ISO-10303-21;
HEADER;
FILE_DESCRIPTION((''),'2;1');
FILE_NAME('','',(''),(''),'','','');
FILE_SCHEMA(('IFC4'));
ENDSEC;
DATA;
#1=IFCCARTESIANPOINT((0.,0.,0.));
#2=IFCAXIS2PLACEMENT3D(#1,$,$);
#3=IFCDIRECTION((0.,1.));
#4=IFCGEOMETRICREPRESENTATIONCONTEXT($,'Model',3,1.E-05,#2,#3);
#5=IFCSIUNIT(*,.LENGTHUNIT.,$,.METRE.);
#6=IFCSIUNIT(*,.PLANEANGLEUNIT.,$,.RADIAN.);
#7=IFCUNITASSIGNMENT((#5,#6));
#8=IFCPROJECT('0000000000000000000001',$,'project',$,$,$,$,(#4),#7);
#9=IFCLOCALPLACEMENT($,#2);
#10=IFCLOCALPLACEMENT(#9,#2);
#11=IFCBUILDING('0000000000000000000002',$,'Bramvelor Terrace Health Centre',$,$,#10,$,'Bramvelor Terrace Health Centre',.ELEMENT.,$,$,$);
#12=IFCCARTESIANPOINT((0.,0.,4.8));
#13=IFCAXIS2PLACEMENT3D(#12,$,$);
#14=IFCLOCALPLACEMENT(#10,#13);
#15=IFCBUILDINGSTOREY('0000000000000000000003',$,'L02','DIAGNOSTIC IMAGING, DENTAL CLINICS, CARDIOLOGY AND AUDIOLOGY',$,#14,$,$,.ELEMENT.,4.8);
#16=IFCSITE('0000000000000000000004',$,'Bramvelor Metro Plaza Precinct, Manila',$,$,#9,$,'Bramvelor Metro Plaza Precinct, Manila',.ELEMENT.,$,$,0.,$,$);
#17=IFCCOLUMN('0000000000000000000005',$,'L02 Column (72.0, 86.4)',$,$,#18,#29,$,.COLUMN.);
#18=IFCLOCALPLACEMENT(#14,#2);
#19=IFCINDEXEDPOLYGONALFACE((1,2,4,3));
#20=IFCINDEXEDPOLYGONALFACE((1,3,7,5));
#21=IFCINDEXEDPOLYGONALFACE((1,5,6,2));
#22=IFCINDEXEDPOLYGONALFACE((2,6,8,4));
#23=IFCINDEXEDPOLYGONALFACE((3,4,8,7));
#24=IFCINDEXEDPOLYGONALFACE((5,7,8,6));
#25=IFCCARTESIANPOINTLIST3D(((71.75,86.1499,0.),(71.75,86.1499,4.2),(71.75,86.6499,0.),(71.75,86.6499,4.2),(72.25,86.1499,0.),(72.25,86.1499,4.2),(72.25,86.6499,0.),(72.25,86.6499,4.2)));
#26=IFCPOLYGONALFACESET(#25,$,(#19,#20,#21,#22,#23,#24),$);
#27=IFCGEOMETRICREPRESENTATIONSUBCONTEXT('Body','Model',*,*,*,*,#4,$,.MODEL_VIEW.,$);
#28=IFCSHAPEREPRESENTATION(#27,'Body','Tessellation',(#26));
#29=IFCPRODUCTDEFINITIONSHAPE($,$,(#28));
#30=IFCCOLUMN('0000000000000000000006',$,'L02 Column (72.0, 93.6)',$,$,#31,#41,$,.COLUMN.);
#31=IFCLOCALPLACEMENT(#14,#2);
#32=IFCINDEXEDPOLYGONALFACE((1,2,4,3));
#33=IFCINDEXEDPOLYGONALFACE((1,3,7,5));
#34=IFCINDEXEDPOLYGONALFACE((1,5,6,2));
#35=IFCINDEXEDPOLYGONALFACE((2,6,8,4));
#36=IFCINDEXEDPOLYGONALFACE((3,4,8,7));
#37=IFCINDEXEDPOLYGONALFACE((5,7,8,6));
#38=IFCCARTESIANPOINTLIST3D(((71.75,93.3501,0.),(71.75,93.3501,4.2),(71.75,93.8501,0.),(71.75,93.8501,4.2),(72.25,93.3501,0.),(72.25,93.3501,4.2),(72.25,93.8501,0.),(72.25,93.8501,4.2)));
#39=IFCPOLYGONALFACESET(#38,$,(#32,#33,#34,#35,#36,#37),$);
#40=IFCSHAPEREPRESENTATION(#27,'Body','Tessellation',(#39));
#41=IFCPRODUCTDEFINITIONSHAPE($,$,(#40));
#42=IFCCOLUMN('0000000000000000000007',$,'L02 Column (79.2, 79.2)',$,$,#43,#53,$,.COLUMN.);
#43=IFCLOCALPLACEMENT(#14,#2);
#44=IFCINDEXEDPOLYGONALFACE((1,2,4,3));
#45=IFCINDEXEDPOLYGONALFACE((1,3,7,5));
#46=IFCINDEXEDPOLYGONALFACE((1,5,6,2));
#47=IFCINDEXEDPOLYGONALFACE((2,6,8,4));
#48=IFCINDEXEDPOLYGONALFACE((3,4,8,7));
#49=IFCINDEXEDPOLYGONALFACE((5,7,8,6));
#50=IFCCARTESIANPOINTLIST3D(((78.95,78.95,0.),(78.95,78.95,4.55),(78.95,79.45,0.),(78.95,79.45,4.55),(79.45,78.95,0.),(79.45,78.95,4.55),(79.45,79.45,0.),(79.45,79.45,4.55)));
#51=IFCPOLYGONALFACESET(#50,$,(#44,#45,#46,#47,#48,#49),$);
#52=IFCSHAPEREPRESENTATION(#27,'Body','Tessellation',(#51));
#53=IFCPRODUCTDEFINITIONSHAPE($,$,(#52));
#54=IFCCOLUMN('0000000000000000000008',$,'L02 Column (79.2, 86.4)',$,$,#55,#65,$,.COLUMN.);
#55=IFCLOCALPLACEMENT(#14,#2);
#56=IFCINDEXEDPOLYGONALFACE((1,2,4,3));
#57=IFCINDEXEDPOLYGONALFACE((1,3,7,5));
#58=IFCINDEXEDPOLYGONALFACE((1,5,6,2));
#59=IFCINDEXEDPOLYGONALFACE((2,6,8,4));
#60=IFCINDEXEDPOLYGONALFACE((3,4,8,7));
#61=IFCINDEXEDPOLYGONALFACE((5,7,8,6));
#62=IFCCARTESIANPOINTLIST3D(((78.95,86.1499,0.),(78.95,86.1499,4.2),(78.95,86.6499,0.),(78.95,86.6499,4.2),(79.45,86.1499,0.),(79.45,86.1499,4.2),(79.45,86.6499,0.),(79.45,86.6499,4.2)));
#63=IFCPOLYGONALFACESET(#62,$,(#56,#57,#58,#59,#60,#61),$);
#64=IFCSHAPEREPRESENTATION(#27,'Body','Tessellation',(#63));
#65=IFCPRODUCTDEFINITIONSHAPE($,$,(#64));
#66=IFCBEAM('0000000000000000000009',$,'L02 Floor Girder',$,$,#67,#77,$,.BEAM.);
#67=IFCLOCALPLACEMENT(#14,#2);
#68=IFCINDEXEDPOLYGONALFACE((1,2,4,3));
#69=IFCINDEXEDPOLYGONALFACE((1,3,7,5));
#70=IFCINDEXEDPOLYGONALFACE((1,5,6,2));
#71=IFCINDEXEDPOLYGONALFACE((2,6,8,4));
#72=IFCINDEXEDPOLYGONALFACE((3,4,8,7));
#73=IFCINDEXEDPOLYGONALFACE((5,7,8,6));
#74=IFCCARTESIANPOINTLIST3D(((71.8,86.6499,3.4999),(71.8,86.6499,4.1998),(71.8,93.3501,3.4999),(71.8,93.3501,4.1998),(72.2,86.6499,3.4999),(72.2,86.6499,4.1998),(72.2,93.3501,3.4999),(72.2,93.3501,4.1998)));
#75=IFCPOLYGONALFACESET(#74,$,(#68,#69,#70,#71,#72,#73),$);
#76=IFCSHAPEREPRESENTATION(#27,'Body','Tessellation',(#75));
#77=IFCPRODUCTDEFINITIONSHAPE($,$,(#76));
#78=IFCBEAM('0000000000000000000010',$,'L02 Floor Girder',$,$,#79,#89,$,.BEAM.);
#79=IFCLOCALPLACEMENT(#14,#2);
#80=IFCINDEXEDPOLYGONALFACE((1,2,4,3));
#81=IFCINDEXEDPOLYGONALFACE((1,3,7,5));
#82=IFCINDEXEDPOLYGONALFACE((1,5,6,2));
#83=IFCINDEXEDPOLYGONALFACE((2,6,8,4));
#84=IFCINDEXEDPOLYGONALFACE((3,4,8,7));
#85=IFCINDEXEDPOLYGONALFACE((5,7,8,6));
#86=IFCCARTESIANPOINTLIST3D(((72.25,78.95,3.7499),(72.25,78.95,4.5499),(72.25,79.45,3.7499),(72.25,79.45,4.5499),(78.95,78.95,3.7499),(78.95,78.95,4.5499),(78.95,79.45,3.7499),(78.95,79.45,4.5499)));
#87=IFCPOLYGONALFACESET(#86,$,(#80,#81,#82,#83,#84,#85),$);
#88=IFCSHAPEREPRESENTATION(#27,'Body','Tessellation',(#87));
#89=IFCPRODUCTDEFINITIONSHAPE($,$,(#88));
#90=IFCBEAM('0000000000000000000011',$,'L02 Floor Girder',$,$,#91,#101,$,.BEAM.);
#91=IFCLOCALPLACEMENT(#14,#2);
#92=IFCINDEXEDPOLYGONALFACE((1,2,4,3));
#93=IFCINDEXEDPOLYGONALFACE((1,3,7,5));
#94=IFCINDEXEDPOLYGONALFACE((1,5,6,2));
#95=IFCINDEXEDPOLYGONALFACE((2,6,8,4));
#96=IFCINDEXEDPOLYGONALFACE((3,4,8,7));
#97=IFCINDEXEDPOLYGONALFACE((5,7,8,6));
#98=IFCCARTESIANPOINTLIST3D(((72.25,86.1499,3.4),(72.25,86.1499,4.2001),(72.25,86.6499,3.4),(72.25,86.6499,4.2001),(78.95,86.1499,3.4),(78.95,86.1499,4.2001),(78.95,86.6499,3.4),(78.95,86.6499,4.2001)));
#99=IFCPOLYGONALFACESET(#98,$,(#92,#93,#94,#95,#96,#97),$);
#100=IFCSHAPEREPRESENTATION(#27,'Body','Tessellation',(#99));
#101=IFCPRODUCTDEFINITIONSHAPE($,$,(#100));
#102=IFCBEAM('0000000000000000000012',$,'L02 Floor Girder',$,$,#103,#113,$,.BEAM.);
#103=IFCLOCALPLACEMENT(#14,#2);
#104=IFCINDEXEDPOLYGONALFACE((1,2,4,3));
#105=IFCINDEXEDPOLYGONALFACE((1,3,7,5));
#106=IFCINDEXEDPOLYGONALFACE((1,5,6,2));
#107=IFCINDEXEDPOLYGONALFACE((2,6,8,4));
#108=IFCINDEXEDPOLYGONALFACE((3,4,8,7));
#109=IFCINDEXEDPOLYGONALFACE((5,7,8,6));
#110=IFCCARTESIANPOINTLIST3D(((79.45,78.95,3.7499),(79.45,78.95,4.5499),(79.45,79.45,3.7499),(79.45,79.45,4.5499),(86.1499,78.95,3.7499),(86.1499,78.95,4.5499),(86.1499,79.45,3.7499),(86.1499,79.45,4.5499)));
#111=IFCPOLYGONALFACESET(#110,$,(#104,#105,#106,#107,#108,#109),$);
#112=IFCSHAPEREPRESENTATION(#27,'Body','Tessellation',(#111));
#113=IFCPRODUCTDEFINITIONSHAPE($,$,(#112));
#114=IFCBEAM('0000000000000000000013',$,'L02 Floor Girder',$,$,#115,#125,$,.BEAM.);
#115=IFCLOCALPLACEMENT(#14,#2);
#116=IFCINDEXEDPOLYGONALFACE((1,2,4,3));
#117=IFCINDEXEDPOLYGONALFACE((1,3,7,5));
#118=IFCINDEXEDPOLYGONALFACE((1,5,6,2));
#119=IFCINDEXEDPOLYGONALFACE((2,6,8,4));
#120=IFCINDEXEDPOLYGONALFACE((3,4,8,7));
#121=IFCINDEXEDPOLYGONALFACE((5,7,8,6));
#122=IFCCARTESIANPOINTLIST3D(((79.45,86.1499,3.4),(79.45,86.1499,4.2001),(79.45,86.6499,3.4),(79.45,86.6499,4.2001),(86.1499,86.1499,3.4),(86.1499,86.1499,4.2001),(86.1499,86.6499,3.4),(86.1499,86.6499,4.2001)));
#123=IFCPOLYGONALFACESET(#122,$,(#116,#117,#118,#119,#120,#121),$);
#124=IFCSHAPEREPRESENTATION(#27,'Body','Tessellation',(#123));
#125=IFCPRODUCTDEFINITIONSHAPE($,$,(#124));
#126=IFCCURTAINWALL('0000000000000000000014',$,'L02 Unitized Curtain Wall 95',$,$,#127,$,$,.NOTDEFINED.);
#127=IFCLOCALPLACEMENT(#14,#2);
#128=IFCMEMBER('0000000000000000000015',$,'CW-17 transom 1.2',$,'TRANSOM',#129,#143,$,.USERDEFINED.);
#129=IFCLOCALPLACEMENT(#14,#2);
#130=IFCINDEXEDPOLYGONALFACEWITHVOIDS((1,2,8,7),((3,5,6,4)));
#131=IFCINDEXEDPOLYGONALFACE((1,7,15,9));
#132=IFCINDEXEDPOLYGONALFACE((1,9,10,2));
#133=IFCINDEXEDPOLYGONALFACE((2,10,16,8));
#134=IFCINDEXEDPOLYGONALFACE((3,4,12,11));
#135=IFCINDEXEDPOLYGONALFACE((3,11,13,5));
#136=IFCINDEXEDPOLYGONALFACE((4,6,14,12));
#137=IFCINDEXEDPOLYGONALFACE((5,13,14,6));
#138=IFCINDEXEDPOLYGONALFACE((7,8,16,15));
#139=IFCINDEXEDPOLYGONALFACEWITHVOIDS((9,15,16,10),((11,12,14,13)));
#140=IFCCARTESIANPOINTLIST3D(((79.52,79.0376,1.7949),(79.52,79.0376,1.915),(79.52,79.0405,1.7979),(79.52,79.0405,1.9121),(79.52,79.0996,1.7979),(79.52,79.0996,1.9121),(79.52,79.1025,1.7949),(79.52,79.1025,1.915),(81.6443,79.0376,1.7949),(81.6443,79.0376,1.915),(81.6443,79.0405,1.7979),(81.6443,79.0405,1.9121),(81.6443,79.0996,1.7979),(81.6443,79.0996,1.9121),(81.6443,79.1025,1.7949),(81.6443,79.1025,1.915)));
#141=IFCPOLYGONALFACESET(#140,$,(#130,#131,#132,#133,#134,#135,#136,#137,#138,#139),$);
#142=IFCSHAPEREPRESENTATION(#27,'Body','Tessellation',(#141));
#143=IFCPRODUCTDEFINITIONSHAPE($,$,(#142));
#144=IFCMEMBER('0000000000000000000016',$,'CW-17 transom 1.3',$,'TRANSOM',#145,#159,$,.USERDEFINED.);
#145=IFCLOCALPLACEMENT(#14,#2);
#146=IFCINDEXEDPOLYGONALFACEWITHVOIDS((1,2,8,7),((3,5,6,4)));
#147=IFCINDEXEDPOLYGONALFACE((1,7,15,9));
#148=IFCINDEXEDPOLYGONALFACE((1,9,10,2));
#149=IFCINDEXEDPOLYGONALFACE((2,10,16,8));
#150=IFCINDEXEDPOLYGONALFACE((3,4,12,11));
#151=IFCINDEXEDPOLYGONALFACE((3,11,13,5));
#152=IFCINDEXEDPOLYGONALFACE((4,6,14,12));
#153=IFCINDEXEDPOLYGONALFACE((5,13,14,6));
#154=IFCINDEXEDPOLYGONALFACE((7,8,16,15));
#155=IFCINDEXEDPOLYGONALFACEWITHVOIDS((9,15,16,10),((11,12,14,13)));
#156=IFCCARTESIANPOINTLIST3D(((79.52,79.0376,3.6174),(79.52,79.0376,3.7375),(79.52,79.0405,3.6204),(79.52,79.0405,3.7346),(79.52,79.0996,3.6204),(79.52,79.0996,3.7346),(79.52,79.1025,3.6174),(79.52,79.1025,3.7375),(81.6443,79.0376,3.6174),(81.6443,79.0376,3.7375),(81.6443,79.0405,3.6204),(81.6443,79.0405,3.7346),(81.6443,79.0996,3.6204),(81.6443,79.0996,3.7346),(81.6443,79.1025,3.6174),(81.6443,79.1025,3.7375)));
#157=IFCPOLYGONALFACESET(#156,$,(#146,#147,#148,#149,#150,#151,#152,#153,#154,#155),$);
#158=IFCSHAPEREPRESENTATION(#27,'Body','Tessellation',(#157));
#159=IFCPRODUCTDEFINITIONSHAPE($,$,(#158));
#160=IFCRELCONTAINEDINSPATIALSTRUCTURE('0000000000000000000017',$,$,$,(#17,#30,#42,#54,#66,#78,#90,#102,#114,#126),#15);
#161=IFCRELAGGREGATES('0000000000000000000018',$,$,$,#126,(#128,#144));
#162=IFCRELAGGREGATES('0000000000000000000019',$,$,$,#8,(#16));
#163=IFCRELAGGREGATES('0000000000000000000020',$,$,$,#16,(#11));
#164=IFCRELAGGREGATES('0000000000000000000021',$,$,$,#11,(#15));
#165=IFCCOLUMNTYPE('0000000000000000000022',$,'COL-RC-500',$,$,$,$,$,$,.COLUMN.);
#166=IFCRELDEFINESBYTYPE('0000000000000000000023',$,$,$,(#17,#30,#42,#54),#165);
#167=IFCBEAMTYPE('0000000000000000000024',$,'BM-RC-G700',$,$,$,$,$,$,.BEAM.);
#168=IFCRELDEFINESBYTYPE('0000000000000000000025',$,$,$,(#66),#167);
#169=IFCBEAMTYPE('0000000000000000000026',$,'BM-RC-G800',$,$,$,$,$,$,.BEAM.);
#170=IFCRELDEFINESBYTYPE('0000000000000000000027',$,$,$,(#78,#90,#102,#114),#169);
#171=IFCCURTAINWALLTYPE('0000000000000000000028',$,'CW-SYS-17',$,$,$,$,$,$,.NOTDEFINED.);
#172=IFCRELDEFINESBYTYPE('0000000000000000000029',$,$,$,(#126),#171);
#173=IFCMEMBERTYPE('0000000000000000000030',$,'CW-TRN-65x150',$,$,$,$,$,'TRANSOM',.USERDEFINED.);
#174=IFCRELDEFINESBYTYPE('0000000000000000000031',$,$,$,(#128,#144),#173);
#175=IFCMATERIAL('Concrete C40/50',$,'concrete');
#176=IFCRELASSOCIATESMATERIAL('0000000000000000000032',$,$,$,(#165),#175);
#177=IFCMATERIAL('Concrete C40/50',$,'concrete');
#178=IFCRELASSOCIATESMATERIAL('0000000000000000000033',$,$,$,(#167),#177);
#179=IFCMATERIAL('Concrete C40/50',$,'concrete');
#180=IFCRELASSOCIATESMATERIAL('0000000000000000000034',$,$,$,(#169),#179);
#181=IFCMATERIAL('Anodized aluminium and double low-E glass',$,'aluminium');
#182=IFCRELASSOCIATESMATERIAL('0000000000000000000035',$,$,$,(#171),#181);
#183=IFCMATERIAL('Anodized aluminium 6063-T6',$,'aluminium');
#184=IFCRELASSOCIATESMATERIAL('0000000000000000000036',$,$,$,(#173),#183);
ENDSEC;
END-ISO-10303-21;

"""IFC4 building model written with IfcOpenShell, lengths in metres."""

from ifc_helpers import new_model, si_unit, direction, frame, origin, origin_2d, place, context, subcontext, project, spatial, rectangle, hollow_rectangle, extrude, material, material_profile, profile_set, type_object, element, aggregate, save


model = new_model("IFC4")

# Units and contexts
model_context = context("Model", 3, precision=1e-05, world=origin(), true_north=direction((0.0, 1.0)))
body_context = subcontext(model_context, "Body", "Model", "MODEL_VIEW")
ifc_project = project(units=[si_unit("LENGTHUNIT", "METRE"), si_unit("PLANEANGLEUNIT", "RADIAN")], contexts=[model_context])

# Site, building, storey
site_placement = place(None, origin())
site = spatial("IfcSite", under=ifc_project, at=site_placement, Name="Bramvelor Metro Plaza Precinct, Manila", LongName="Bramvelor Metro Plaza Precinct, Manila", CompositionType="ELEMENT", RefElevation=0.0)
building_placement = place(site_placement, origin())
building = spatial("IfcBuilding", under=site, at=building_placement, Name="Bramvelor Terrace Health Centre", LongName="Bramvelor Terrace Health Centre", CompositionType="ELEMENT")
storey_placement = place(building_placement, frame((0.0, 0.0, 4.8)))
storey = spatial("IfcBuildingStorey", under=building, at=storey_placement, Name="L02", Description="DIAGNOSTIC IMAGING, DENTAL CLINICS, CARDIOLOGY AND AUDIOLOGY", CompositionType="ELEMENT", Elevation=4.8)

# Columns
ifc_material_1 = material(Name="Concrete C40/50", Category="concrete")
ifc_material_profile_1 = material_profile(ifc_material_1, rectangle(XDim=0.5, YDim=0.5, at=origin_2d()), Name="RC 500x500")
ifc_profile_set_1 = profile_set([ifc_material_profile_1], Name="Concrete C40/50")
column_type = type_object("IfcColumnType", Name="COL-RC-500", PredefinedType="COLUMN", material=ifc_profile_set_1)
for number, where, z_axis, x_axis, name in (
    (1, (72.0, 86.3999, 0.0), (0.0, 0.0, 1.0), (1.0, 0.0, 0.0), "L02 Column (72.0, 86.4)"),
    (2, (72.0, 93.6001, 0.0), (0.0, 0.0, 1.0), (1.0, 0.0, 0.0), "L02 Column (72.0, 93.6)"),
):
    element("IfcColumn", number, at=place(storey_placement, frame(where, z_axis=z_axis, x_axis=x_axis)), inside=storey, type_object=column_type, Name=name, PredefinedType="COLUMN", context=body_context, shape_type="SweptSolid", body=[
        extrude(rectangle(XDim=0.5, YDim=0.5, at=origin_2d()), origin(), (0.0, 0.0, 1.0), 4.2),
    ])
column_1_placement = place(storey_placement, frame((79.2, 79.2, 0.0), z_axis=(0.0, 0.0, 1.0), x_axis=(1.0, 0.0, 0.0)))
element("IfcColumn", 3, at=column_1_placement, inside=storey, type_object=column_type, Name="L02 Column (79.2, 79.2)", PredefinedType="COLUMN", context=body_context, shape_type="SweptSolid", body=[
    extrude(rectangle(XDim=0.5, YDim=0.5, at=origin_2d()), origin(), (0.0, 0.0, 1.0), 4.55),
])
column_2_placement = place(storey_placement, frame((79.2, 86.3999, 0.0), z_axis=(0.0, 0.0, 1.0), x_axis=(1.0, 0.0, 0.0)))
element("IfcColumn", 4, at=column_2_placement, inside=storey, type_object=column_type, Name="L02 Column (79.2, 86.4)", PredefinedType="COLUMN", context=body_context, shape_type="SweptSolid", body=[
    extrude(rectangle(XDim=0.5, YDim=0.5, at=origin_2d()), origin(), (0.0, 0.0, 1.0), 4.2),
])

# Beams
ifc_material_2 = material(Name="Concrete C40/50", Category="concrete")
ifc_material_profile_2 = material_profile(ifc_material_2, rectangle(XDim=0.3999, YDim=0.7, at=origin_2d()), Name="RC 400x700")
ifc_profile_set_2 = profile_set([ifc_material_profile_2], Name="Concrete C40/50")
beam_type_1 = type_object("IfcBeamType", Name="BM-RC-G700", PredefinedType="BEAM", material=ifc_profile_set_2)
beam_placement = place(storey_placement, frame((72.0, 86.6499, 3.8499), z_axis=(0.0, 1.0, 0.0), x_axis=(-1.0, 0.0, 0.0)))
element("IfcBeam", 5, at=beam_placement, inside=storey, type_object=beam_type_1, Name="L02 Floor Girder", PredefinedType="BEAM", context=body_context, shape_type="SweptSolid", body=[
    extrude(rectangle(XDim=0.3999, YDim=0.7, at=origin_2d()), origin(), (0.0, 0.0, 1.0), 6.7002),
])
ifc_material_3 = material(Name="Concrete C40/50", Category="concrete")
ifc_material_profile_3 = material_profile(ifc_material_3, rectangle(XDim=0.5, YDim=0.8, at=origin_2d()), Name="RC 500x800")
ifc_profile_set_3 = profile_set([ifc_material_profile_3], Name="Concrete C40/50")
beam_type_2 = type_object("IfcBeamType", Name="BM-RC-G800", PredefinedType="BEAM", material=ifc_profile_set_3)
for number, where, z_axis, x_axis, name in (
    (6, (72.25, 79.2, 4.1499), (1.0, 0.0, 0.0), (0.0, 1.0, 0.0), "L02 Floor Girder"),
    (7, (72.25, 86.3999, 3.8), (1.0, 0.0, 0.0), (0.0, 1.0, 0.0), "L02 Floor Girder"),
    (8, (79.45, 79.2, 4.1499), (1.0, 0.0, 0.0), (0.0, 1.0, 0.0), "L02 Floor Girder"),
    (9, (79.45, 86.3999, 3.8), (1.0, 0.0, 0.0), (0.0, 1.0, 0.0), "L02 Floor Girder"),
):
    element("IfcBeam", number, at=place(storey_placement, frame(where, z_axis=z_axis, x_axis=x_axis)), inside=storey, type_object=beam_type_2, Name=name, PredefinedType="BEAM", context=body_context, shape_type="SweptSolid", body=[
        extrude(rectangle(XDim=0.5, YDim=0.8, at=origin_2d()), origin(), (0.0, 0.0, 1.0), 6.7),
    ])

# Curtain wall, members
ifc_material_4 = material(Name="Anodized aluminium and double low-E glass", Category="aluminium")
curtain_wall_type = type_object("IfcCurtainWallType", Name="CW-SYS-17", PredefinedType="NOTDEFINED", material=ifc_material_4)
curtain_wall_placement = place(storey_placement, origin())
curtain_wall = element("IfcCurtainWall", 10, at=curtain_wall_placement, inside=storey, type_object=curtain_wall_type, Name="L02 Unitized Curtain Wall 95", PredefinedType="NOTDEFINED")
ifc_material_5 = material(Name="Anodized aluminium 6063-T6", Category="aluminium")
ifc_material_profile_4 = material_profile(ifc_material_5, hollow_rectangle(XDim=0.0649, YDim=0.1201, WallThickness=0.0029, at=origin_2d()), Name="ALU-TRN 65x120x3.0")
ifc_profile_set_4 = profile_set([ifc_material_profile_4], Name="Anodized aluminium 6063-T6")
member_type_1 = type_object("IfcMemberType", Name="CW-TRN-65x150", ElementType="TRANSOM", PredefinedType="USERDEFINED", material=ifc_profile_set_4)
member_1_placement = place(storey_placement, frame((79.52, 79.0701, 1.855), z_axis=(1.0, 0.0, 0.0), x_axis=(0.0, 1.0, 0.0)))
member_1 = element("IfcMember", 11, at=member_1_placement, type_object=member_type_1, Name="CW-17 transom 1.2", ObjectType="TRANSOM", PredefinedType="USERDEFINED", context=body_context, shape_type="SweptSolid", body=[
    extrude(hollow_rectangle(XDim=0.0649, YDim=0.1201, WallThickness=0.0029, at=origin_2d()), origin(), (0.0, 0.0, 1.0), 2.1243),
])
member_2_placement = place(storey_placement, frame((79.52, 79.0701, 3.6775), z_axis=(1.0, 0.0, 0.0), x_axis=(0.0, 1.0, 0.0)))
member_2 = element("IfcMember", 12, at=member_2_placement, type_object=member_type_1, Name="CW-17 transom 1.3", ObjectType="TRANSOM", PredefinedType="USERDEFINED", context=body_context, shape_type="SweptSolid", body=[
    extrude(hollow_rectangle(XDim=0.0649, YDim=0.1201, WallThickness=0.0029, at=origin_2d()), origin(), (0.0, 0.0, 1.0), 2.1243),
])

aggregate(curtain_wall, [member_1, member_2])

save(model, "model.ifc")
